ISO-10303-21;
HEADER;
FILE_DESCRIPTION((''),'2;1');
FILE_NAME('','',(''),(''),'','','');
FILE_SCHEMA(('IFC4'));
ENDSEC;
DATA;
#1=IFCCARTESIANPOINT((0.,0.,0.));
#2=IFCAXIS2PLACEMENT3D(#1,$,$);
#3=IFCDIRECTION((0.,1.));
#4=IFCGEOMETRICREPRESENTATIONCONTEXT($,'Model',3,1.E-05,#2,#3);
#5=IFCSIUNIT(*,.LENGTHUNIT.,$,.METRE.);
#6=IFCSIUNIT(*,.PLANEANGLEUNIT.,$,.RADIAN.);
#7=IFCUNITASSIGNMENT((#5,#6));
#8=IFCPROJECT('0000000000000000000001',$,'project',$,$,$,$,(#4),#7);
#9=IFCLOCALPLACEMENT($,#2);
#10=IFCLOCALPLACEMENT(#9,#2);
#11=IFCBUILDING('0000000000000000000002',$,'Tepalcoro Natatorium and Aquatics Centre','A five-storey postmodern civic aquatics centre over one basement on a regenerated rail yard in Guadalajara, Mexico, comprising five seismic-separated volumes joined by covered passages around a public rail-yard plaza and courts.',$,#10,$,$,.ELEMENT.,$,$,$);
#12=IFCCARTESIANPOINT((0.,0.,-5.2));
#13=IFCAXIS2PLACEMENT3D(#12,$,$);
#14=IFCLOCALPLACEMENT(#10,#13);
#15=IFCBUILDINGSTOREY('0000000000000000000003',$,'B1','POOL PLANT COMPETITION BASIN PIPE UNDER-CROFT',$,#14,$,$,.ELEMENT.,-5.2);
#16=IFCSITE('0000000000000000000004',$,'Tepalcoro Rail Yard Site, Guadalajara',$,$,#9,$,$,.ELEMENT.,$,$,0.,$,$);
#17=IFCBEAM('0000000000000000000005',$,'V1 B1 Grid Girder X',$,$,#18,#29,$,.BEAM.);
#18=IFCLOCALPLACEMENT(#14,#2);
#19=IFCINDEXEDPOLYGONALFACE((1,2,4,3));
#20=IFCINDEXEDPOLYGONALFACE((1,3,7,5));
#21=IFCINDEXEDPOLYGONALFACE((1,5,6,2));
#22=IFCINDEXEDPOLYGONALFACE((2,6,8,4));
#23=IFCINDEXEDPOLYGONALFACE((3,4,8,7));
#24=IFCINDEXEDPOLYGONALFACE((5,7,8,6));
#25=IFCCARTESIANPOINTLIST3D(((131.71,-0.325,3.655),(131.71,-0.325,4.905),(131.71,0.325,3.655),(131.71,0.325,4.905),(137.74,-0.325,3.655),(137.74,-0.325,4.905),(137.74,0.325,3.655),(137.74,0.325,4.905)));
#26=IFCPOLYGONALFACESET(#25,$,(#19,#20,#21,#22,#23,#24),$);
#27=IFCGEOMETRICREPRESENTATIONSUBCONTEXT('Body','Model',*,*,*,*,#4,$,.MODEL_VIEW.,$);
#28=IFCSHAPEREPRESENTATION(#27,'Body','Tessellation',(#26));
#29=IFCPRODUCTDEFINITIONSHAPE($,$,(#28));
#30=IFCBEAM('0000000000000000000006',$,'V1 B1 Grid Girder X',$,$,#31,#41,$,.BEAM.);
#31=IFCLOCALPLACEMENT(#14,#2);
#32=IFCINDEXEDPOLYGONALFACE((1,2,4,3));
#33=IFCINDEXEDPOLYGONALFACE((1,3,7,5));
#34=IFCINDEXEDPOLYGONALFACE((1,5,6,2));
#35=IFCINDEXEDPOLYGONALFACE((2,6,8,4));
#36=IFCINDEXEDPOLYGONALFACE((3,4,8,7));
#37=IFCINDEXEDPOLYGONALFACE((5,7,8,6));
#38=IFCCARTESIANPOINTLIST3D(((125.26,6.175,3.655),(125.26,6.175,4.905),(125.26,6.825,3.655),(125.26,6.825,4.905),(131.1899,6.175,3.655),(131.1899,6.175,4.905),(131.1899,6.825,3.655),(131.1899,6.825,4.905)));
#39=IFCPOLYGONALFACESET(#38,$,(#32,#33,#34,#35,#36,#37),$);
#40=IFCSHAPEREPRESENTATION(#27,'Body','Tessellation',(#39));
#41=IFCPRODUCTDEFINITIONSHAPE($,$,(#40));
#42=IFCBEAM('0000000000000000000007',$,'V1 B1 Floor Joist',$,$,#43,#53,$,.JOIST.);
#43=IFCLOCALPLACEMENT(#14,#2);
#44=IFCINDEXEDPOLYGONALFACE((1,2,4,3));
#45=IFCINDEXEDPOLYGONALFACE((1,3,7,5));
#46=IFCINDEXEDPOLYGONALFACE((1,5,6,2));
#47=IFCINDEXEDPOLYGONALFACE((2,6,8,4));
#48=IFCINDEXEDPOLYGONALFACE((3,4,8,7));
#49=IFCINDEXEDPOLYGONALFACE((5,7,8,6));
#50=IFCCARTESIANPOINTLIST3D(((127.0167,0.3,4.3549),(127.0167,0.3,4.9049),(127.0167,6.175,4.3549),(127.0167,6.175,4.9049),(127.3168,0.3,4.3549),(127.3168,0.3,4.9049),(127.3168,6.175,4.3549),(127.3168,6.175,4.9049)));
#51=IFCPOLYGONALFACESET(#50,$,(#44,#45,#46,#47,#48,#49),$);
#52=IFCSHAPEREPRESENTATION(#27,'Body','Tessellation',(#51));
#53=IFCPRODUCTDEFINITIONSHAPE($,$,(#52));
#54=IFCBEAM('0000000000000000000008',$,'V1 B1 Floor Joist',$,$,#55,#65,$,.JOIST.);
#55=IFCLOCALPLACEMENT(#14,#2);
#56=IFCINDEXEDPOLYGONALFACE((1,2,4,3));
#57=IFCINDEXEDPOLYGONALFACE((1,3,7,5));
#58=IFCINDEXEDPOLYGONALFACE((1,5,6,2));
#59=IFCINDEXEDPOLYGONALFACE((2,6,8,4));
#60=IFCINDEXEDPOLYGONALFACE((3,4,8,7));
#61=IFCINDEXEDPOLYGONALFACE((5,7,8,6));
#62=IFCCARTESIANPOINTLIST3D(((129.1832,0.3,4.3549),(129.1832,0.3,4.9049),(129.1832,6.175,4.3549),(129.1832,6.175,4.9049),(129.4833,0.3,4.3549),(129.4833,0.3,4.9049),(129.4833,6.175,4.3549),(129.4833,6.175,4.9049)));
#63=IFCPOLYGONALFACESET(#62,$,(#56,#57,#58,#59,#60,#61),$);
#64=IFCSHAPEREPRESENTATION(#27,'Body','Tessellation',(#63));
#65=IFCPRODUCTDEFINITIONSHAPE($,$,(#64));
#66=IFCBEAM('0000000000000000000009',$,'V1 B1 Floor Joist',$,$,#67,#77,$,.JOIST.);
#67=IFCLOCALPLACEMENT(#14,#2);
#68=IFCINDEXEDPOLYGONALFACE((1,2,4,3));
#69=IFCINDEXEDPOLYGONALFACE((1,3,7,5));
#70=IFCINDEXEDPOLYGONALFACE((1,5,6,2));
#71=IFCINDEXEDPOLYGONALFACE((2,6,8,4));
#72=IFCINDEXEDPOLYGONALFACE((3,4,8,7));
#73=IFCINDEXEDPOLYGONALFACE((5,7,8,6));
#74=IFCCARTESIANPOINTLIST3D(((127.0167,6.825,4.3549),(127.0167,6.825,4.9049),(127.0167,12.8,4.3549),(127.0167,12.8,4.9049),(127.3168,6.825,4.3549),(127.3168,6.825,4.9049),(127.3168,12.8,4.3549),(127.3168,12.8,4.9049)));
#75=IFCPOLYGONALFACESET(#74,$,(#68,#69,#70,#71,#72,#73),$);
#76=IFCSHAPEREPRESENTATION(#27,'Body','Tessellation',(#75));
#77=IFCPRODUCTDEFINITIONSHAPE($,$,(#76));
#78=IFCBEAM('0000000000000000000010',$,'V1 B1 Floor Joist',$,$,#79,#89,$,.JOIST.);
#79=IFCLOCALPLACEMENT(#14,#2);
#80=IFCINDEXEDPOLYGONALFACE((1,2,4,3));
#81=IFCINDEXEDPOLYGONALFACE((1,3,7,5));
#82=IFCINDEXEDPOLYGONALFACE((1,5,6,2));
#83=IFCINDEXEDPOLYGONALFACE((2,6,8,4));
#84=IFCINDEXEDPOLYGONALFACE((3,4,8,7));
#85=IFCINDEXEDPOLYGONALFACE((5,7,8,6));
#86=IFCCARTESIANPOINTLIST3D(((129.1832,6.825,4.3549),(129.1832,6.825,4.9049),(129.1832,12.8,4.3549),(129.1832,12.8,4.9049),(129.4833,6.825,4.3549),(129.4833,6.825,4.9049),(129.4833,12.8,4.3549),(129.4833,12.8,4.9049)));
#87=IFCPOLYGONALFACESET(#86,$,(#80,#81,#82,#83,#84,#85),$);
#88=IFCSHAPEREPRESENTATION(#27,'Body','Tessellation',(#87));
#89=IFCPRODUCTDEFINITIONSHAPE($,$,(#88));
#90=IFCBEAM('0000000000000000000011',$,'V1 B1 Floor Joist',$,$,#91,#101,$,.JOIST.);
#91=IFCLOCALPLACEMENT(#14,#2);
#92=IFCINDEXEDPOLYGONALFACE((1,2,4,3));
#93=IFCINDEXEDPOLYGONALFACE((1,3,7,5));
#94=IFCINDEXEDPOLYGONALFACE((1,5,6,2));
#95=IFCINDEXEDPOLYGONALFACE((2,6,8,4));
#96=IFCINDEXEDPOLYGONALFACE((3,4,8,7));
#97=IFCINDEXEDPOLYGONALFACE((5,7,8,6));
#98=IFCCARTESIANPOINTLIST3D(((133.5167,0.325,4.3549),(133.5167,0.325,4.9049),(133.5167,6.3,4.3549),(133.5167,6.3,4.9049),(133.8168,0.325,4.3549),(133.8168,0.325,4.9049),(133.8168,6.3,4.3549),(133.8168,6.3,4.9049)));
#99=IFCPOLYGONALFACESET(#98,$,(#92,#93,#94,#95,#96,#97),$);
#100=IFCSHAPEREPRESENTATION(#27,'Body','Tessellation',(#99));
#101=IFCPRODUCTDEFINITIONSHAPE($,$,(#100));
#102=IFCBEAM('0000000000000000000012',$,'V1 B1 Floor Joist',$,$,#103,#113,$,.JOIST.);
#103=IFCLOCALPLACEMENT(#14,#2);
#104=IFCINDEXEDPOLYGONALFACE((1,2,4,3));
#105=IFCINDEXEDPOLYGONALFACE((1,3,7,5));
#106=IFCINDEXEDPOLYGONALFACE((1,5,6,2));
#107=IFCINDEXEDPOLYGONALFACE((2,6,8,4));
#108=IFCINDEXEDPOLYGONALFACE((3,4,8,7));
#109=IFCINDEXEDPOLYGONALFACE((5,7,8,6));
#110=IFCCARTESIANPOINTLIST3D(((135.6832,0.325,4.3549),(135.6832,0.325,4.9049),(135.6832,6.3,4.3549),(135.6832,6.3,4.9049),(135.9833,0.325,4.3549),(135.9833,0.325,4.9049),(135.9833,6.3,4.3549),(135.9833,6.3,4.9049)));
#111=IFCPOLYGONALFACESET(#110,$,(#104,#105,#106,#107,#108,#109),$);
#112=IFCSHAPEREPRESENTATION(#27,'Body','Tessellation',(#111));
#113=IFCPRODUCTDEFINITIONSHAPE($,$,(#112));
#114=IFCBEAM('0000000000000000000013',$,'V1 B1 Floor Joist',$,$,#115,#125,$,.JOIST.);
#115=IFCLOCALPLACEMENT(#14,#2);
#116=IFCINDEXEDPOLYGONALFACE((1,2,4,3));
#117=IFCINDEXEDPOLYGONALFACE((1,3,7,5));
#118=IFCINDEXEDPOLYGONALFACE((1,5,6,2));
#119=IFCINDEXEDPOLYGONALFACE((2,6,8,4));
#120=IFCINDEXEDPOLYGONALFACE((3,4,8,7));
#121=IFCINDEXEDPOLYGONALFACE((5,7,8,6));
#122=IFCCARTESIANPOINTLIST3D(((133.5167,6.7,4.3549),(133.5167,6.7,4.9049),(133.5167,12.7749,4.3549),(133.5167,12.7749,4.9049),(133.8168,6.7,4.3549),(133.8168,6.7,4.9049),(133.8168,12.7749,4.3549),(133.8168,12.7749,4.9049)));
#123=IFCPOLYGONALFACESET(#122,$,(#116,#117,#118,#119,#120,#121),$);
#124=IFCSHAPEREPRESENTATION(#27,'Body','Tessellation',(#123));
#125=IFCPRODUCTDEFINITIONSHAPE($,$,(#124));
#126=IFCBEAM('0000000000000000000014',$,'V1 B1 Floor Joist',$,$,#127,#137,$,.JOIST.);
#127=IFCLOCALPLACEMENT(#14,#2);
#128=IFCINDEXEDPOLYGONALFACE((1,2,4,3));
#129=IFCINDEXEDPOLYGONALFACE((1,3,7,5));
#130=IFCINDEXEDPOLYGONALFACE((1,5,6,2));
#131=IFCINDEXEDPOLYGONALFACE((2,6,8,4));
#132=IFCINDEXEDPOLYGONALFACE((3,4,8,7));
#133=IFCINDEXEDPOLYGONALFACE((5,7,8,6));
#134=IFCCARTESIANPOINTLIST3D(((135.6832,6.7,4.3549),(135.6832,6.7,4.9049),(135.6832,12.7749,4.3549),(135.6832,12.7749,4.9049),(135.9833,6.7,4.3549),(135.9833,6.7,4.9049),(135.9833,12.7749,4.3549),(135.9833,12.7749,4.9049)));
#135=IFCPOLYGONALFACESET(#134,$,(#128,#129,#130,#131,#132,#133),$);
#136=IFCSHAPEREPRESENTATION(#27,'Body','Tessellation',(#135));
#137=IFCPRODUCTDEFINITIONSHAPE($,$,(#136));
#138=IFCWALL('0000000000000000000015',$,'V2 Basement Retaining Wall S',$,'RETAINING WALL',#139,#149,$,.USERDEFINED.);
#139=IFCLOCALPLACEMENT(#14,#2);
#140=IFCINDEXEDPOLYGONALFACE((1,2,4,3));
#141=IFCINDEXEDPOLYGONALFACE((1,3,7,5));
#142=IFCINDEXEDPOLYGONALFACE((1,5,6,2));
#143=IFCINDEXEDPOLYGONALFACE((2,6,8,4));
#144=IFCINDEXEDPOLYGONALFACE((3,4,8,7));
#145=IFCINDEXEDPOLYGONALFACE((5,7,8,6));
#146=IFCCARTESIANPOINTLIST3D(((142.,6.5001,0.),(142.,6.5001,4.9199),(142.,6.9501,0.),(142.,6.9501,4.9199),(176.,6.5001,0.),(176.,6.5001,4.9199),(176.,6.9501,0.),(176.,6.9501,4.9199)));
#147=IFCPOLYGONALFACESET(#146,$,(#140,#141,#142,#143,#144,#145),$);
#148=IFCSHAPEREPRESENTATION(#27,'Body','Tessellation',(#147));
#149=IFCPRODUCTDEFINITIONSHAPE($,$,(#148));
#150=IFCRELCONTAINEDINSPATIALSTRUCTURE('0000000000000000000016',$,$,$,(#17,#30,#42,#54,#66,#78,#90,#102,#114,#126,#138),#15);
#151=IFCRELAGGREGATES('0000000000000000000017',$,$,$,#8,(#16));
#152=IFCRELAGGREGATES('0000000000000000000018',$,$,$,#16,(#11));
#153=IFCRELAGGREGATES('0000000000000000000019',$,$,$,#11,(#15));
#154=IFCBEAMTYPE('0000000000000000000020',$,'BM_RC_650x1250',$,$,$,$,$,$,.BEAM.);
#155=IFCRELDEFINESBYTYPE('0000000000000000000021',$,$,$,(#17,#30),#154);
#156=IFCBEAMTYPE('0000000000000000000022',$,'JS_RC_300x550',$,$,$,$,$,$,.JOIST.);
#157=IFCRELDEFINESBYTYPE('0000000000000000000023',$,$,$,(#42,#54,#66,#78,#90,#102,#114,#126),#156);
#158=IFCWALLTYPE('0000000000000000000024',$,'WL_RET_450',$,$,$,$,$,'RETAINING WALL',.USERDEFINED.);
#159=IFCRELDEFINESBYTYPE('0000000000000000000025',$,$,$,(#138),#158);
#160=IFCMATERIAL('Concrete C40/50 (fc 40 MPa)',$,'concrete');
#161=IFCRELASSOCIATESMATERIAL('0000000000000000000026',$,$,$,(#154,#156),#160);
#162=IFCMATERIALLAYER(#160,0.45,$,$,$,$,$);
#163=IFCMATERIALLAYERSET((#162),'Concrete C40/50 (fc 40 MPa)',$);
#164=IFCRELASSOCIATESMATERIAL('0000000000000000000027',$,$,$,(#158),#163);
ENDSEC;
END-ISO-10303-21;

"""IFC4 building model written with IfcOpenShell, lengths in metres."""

from ifc_helpers import new_model, si_unit, direction, frame, frame_2d, origin, origin_2d, place, context, subcontext, project, spatial, rectangle, extrude, material, layer, layer_set, material_profile, profile_set, type_object, element, save


model = new_model("IFC4")

# Units and contexts
model_context = context("Model", 3, precision=1e-05, world=origin(), true_north=direction((0.0, 1.0)))
body_context = subcontext(model_context, "Body", "Model", "MODEL_VIEW")
ifc_project = project(units=[si_unit("LENGTHUNIT", "METRE"), si_unit("PLANEANGLEUNIT", "RADIAN")], contexts=[model_context])

# Site, building, storey
site_placement = place(None, origin())
site = spatial("IfcSite", under=ifc_project, at=site_placement, Name="Tepalcoro Rail Yard Site, Guadalajara", CompositionType="ELEMENT", RefElevation=0.0)
building_placement = place(site_placement, origin())
building = spatial("IfcBuilding", under=site, at=building_placement, Name="Tepalcoro Natatorium and Aquatics Centre", Description="A five-storey postmodern civic aquatics centre over one basement on a regenerated rail yard in Guadalajara, Mexico, comprising five seismic-separated volumes joined by covered passages around a public rail-yard plaza and courts.", CompositionType="ELEMENT")
storey_placement = place(building_placement, frame((0.0, 0.0, -5.2)))
storey = spatial("IfcBuildingStorey", under=building, at=storey_placement, Name="B1", Description="POOL PLANT COMPETITION BASIN PIPE UNDER-CROFT", CompositionType="ELEMENT", Elevation=-5.2)

# Shared definitions
ifc_material = material(Name="Concrete C40/50 (fc 40 MPa)", Category="concrete")

# Beams
ifc_material_profile_1 = material_profile(ifc_material, rectangle(XDim=0.6499, YDim=1.25, at=origin_2d()), Name="RCB650x1250")
ifc_profile_set_1 = profile_set([ifc_material_profile_1], Name="Concrete C40/50 (fc 40 MPa)")
beam_type_1 = type_object("IfcBeamType", Name="BM_RC_650x1250", PredefinedType="BEAM", material=ifc_profile_set_1)
beam_1_placement = place(storey_placement, frame((131.71, 0.0, 4.28), z_axis=(1.0, 0.0, 0.0), x_axis=(0.0, 1.0, 0.0)))
element("IfcBeam", 1, at=beam_1_placement, inside=storey, type_object=beam_type_1, Name="V1 B1 Grid Girder X", PredefinedType="BEAM", context=body_context, shape_type="SweptSolid", body=[
    extrude(rectangle(XDim=0.6499, YDim=1.25, at=origin_2d()), origin(), (0.0, 0.0, 1.0), 6.03),
])
beam_2_placement = place(storey_placement, frame((125.26, 6.5, 4.28), z_axis=(1.0, 0.0, 0.0), x_axis=(0.0, 1.0, 0.0)))
element("IfcBeam", 2, at=beam_2_placement, inside=storey, type_object=beam_type_1, Name="V1 B1 Grid Girder X", PredefinedType="BEAM", context=body_context, shape_type="SweptSolid", body=[
    extrude(rectangle(XDim=0.6499, YDim=1.25, at=origin_2d()), origin(), (0.0, 0.0, 1.0), 5.9299),
])
ifc_material_profile_2 = material_profile(ifc_material, rectangle(XDim=0.3, YDim=0.55, at=origin_2d()), Name="RCJ300x550")
ifc_profile_set_2 = profile_set([ifc_material_profile_2], Name="Concrete C40/50 (fc 40 MPa)")
beam_type_2 = type_object("IfcBeamType", Name="JS_RC_300x550", PredefinedType="JOIST", material=ifc_profile_set_2)
for number, where, z_axis, x_axis, name in (
    (3, (127.1667, 0.3, 4.6299), (0.0, 1.0, 0.0), (-1.0, 0.0, 0.0), "V1 B1 Floor Joist"),
    (4, (129.3333, 0.3, 4.6299), (0.0, 1.0, 0.0), (-1.0, 0.0, 0.0), "V1 B1 Floor Joist"),
):
    element("IfcBeam", number, at=place(storey_placement, frame(where, z_axis=z_axis, x_axis=x_axis)), inside=storey, type_object=beam_type_2, Name=name, PredefinedType="JOIST", context=body_context, shape_type="SweptSolid", body=[
        extrude(rectangle(XDim=0.3, YDim=0.55, at=origin_2d()), origin(), (0.0, 0.0, 1.0), 5.875),
    ])
for number, where, z_axis, x_axis, name in (
    (5, (127.1667, 6.825, 4.6299), (0.0, 1.0, 0.0), (-1.0, 0.0, 0.0), "V1 B1 Floor Joist"),
    (6, (129.3333, 6.825, 4.6299), (0.0, 1.0, 0.0), (-1.0, 0.0, 0.0), "V1 B1 Floor Joist"),
    (7, (133.6667, 0.325, 4.6299), (0.0, 1.0, 0.0), (-1.0, 0.0, 0.0), "V1 B1 Floor Joist"),
    (8, (135.8333, 0.325, 4.6299), (0.0, 1.0, 0.0), (-1.0, 0.0, 0.0), "V1 B1 Floor Joist"),
):
    element("IfcBeam", number, at=place(storey_placement, frame(where, z_axis=z_axis, x_axis=x_axis)), inside=storey, type_object=beam_type_2, Name=name, PredefinedType="JOIST", context=body_context, shape_type="SweptSolid", body=[
        extrude(rectangle(XDim=0.3, YDim=0.55, at=origin_2d()), origin(), (0.0, 0.0, 1.0), 5.9751),
    ])
for number, where, z_axis, x_axis, name in (
    (9, (133.6667, 6.7, 4.6299), (0.0, 1.0, 0.0), (-1.0, 0.0, 0.0), "V1 B1 Floor Joist"),
    (10, (135.8333, 6.7, 4.6299), (0.0, 1.0, 0.0), (-1.0, 0.0, 0.0), "V1 B1 Floor Joist"),
):
    element("IfcBeam", number, at=place(storey_placement, frame(where, z_axis=z_axis, x_axis=x_axis)), inside=storey, type_object=beam_type_2, Name=name, PredefinedType="JOIST", context=body_context, shape_type="SweptSolid", body=[
        extrude(rectangle(XDim=0.3, YDim=0.55, at=origin_2d()), origin(), (0.0, 0.0, 1.0), 6.075),
    ])

# Wall
ifc_layer = layer(ifc_material, 0.45)
ifc_layer_set = layer_set([ifc_layer], Name="Concrete C40/50 (fc 40 MPa)")
wall_type = type_object("IfcWallType", Name="WL_RET_450", ElementType="RETAINING WALL", PredefinedType="USERDEFINED", material=ifc_layer_set)
wall_placement = place(storey_placement, frame((142.0, 6.7251, 0.0), z_axis=(0.0, 0.0, 1.0), x_axis=(1.0, 0.0, 0.0)))
element("IfcWall", 11, at=wall_placement, inside=storey, type_object=wall_type, Name="V2 Basement Retaining Wall S", ObjectType="RETAINING WALL", PredefinedType="USERDEFINED", context=body_context, shape_type="SweptSolid", body=[
    extrude(rectangle(XDim=34.0, YDim=0.45, at=frame_2d((17.0, 0.0))), origin(), (0.0, 0.0, 1.0), 4.9199),
])

save(model, "model.ifc")
